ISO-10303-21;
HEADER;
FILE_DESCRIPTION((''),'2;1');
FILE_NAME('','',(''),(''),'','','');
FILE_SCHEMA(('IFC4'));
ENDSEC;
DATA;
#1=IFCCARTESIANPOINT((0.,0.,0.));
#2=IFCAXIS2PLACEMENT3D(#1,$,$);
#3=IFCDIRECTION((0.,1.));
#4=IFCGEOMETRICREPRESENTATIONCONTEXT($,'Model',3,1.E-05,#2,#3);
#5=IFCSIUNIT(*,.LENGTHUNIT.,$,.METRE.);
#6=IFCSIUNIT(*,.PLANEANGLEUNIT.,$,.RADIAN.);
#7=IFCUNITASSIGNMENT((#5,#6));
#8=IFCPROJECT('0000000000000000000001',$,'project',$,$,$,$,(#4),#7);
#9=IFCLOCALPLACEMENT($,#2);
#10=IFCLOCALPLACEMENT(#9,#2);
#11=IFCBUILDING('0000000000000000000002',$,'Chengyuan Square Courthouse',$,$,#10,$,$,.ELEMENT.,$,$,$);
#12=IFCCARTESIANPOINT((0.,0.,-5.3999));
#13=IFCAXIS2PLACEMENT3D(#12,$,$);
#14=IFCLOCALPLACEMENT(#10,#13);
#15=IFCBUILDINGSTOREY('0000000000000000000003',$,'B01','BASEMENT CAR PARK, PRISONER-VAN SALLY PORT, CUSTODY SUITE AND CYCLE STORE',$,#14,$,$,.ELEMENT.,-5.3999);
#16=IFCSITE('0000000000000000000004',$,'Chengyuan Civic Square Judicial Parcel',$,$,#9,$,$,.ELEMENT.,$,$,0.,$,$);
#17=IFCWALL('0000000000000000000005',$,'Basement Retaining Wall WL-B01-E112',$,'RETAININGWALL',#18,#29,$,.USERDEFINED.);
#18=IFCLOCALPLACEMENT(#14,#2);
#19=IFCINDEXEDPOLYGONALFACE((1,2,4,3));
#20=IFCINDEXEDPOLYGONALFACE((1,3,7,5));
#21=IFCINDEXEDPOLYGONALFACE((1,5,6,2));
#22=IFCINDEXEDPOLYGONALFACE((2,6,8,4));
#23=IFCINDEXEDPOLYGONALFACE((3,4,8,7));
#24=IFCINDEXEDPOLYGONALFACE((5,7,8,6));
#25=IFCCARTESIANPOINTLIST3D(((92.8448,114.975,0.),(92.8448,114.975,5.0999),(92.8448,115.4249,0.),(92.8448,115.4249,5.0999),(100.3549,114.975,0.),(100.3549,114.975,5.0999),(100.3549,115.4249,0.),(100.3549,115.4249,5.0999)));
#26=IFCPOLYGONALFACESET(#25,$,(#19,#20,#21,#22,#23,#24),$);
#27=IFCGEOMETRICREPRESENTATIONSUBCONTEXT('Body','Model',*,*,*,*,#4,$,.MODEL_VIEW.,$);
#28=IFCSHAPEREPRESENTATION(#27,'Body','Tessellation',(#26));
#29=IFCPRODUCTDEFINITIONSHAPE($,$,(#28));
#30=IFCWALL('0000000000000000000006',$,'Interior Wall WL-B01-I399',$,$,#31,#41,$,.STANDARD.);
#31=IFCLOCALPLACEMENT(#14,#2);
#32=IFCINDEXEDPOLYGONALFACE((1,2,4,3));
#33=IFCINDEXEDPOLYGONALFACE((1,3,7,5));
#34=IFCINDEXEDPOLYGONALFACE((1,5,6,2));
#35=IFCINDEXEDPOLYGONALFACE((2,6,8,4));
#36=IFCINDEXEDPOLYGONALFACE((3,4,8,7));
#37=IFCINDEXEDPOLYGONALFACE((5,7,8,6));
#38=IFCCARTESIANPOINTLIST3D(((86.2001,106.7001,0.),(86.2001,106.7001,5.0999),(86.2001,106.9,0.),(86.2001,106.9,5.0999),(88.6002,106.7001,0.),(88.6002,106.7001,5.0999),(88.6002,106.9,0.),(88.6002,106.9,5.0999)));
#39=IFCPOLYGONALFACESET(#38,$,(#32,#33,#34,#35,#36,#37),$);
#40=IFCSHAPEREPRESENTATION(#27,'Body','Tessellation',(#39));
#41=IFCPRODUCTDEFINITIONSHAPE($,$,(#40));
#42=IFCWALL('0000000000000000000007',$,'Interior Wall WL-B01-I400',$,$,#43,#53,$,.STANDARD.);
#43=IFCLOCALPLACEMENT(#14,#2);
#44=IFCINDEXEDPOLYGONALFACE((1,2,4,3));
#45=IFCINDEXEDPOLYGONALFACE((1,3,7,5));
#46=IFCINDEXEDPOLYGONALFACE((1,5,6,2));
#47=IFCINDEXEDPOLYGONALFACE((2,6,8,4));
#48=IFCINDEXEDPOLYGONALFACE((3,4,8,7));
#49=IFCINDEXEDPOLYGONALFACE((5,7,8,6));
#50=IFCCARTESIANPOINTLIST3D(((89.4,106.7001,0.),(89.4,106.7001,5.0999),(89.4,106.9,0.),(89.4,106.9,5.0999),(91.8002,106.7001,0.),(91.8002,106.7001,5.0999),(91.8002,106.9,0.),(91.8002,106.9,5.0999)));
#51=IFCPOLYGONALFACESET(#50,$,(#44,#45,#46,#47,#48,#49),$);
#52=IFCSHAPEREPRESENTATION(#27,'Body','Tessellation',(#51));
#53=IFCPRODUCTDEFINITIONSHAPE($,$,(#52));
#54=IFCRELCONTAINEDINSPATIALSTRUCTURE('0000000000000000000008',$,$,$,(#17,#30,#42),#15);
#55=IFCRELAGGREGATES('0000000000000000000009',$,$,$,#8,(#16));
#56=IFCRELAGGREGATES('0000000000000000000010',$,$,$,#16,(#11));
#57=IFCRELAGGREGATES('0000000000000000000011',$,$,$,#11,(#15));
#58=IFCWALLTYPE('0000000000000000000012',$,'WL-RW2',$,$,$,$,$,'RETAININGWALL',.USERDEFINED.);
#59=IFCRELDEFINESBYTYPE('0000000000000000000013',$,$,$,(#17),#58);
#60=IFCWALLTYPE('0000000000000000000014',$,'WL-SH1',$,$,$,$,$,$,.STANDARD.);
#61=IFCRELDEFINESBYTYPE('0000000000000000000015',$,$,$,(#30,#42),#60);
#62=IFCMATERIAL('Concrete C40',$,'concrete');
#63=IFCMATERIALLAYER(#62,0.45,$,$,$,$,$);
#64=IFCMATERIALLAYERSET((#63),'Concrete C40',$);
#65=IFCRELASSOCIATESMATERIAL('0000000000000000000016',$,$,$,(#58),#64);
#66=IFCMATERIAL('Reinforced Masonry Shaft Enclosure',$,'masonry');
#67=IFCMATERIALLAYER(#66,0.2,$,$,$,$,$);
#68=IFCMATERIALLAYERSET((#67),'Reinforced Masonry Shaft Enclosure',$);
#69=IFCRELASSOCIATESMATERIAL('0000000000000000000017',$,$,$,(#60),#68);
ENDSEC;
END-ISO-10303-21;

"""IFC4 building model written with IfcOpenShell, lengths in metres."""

from ifc_helpers import new_model, si_unit, direction, frame, frame_2d, origin, place, context, subcontext, project, spatial, rectangle, extrude, material, layer, layer_set, type_object, element, save


model = new_model("IFC4")

# Units and contexts
model_context = context("Model", 3, precision=1e-05, world=origin(), true_north=direction((0.0, 1.0)))
body_context = subcontext(model_context, "Body", "Model", "MODEL_VIEW")
ifc_project = project(units=[si_unit("LENGTHUNIT", "METRE"), si_unit("PLANEANGLEUNIT", "RADIAN")], contexts=[model_context])

# Site, building, storey
site_placement = place(None, origin())
site = spatial("IfcSite", under=ifc_project, at=site_placement, Name="Chengyuan Civic Square Judicial Parcel", CompositionType="ELEMENT", RefElevation=0.0)
building_placement = place(site_placement, origin())
building = spatial("IfcBuilding", under=site, at=building_placement, Name="Chengyuan Square Courthouse", CompositionType="ELEMENT")
storey_placement = place(building_placement, frame((0.0, 0.0, -5.3999)))
storey = spatial("IfcBuildingStorey", under=building, at=storey_placement, Name="B01", Description="BASEMENT CAR PARK, PRISONER-VAN SALLY PORT, CUSTODY SUITE AND CYCLE STORE", CompositionType="ELEMENT", Elevation=-5.3999)

# Shared definitions
ifc_material_1 = material(Name="Concrete C40", Category="concrete")

# Walls
ifc_layer_1 = layer(ifc_material_1, 0.45)
ifc_layer_set_1 = layer_set([ifc_layer_1], Name="Concrete C40")
wall_type_1 = type_object("IfcWallType", Name="WL-RW2", ElementType="RETAININGWALL", PredefinedType="USERDEFINED", material=ifc_layer_set_1)
for number, where, z_axis, x_axis, name in (
    (1, (92.845, 115.2, 0.0), (0.0, 0.0, 1.0), (1.0, 0.0, 0.0), "Basement Retaining Wall WL-B01-E112"),
):
    element("IfcWall", number, at=place(storey_placement, frame(where, z_axis=z_axis, x_axis=x_axis)), inside=storey, type_object=wall_type_1, Name=name, ObjectType="RETAININGWALL", PredefinedType="USERDEFINED", context=body_context, shape_type="SweptSolid", body=[
        extrude(rectangle(XDim=7.51, YDim=0.45, at=frame_2d((3.7549, 0.0))), origin(), (0.0, 0.0, 1.0), 5.0999),
    ])
ifc_material_2 = material(Name="Reinforced Masonry Shaft Enclosure", Category="masonry")
ifc_layer_2 = layer(ifc_material_2, 0.2)
ifc_layer_set_2 = layer_set([ifc_layer_2], Name="Reinforced Masonry Shaft Enclosure")
wall_type_2 = type_object("IfcWallType", Name="WL-SH1", PredefinedType="STANDARD", material=ifc_layer_set_2)
for number, where, z_axis, x_axis, name in (
    (2, (86.2, 106.8, 0.0), (0.0, 0.0, 1.0), (1.0, 0.0, 0.0), "Interior Wall WL-B01-I399"),
    (3, (89.3999, 106.8, 0.0), (0.0, 0.0, 1.0), (1.0, 0.0, 0.0), "Interior Wall WL-B01-I400"),
):
    element("IfcWall", number, at=place(storey_placement, frame(where, z_axis=z_axis, x_axis=x_axis)), inside=storey, type_object=wall_type_2, Name=name, PredefinedType="STANDARD", context=body_context, shape_type="SweptSolid", body=[
        extrude(rectangle(XDim=2.4001, YDim=0.2, at=frame_2d((1.2002, 0.0))), origin(), (0.0, 0.0, 1.0), 5.0999),
    ])

save(model, "model.ifc")
